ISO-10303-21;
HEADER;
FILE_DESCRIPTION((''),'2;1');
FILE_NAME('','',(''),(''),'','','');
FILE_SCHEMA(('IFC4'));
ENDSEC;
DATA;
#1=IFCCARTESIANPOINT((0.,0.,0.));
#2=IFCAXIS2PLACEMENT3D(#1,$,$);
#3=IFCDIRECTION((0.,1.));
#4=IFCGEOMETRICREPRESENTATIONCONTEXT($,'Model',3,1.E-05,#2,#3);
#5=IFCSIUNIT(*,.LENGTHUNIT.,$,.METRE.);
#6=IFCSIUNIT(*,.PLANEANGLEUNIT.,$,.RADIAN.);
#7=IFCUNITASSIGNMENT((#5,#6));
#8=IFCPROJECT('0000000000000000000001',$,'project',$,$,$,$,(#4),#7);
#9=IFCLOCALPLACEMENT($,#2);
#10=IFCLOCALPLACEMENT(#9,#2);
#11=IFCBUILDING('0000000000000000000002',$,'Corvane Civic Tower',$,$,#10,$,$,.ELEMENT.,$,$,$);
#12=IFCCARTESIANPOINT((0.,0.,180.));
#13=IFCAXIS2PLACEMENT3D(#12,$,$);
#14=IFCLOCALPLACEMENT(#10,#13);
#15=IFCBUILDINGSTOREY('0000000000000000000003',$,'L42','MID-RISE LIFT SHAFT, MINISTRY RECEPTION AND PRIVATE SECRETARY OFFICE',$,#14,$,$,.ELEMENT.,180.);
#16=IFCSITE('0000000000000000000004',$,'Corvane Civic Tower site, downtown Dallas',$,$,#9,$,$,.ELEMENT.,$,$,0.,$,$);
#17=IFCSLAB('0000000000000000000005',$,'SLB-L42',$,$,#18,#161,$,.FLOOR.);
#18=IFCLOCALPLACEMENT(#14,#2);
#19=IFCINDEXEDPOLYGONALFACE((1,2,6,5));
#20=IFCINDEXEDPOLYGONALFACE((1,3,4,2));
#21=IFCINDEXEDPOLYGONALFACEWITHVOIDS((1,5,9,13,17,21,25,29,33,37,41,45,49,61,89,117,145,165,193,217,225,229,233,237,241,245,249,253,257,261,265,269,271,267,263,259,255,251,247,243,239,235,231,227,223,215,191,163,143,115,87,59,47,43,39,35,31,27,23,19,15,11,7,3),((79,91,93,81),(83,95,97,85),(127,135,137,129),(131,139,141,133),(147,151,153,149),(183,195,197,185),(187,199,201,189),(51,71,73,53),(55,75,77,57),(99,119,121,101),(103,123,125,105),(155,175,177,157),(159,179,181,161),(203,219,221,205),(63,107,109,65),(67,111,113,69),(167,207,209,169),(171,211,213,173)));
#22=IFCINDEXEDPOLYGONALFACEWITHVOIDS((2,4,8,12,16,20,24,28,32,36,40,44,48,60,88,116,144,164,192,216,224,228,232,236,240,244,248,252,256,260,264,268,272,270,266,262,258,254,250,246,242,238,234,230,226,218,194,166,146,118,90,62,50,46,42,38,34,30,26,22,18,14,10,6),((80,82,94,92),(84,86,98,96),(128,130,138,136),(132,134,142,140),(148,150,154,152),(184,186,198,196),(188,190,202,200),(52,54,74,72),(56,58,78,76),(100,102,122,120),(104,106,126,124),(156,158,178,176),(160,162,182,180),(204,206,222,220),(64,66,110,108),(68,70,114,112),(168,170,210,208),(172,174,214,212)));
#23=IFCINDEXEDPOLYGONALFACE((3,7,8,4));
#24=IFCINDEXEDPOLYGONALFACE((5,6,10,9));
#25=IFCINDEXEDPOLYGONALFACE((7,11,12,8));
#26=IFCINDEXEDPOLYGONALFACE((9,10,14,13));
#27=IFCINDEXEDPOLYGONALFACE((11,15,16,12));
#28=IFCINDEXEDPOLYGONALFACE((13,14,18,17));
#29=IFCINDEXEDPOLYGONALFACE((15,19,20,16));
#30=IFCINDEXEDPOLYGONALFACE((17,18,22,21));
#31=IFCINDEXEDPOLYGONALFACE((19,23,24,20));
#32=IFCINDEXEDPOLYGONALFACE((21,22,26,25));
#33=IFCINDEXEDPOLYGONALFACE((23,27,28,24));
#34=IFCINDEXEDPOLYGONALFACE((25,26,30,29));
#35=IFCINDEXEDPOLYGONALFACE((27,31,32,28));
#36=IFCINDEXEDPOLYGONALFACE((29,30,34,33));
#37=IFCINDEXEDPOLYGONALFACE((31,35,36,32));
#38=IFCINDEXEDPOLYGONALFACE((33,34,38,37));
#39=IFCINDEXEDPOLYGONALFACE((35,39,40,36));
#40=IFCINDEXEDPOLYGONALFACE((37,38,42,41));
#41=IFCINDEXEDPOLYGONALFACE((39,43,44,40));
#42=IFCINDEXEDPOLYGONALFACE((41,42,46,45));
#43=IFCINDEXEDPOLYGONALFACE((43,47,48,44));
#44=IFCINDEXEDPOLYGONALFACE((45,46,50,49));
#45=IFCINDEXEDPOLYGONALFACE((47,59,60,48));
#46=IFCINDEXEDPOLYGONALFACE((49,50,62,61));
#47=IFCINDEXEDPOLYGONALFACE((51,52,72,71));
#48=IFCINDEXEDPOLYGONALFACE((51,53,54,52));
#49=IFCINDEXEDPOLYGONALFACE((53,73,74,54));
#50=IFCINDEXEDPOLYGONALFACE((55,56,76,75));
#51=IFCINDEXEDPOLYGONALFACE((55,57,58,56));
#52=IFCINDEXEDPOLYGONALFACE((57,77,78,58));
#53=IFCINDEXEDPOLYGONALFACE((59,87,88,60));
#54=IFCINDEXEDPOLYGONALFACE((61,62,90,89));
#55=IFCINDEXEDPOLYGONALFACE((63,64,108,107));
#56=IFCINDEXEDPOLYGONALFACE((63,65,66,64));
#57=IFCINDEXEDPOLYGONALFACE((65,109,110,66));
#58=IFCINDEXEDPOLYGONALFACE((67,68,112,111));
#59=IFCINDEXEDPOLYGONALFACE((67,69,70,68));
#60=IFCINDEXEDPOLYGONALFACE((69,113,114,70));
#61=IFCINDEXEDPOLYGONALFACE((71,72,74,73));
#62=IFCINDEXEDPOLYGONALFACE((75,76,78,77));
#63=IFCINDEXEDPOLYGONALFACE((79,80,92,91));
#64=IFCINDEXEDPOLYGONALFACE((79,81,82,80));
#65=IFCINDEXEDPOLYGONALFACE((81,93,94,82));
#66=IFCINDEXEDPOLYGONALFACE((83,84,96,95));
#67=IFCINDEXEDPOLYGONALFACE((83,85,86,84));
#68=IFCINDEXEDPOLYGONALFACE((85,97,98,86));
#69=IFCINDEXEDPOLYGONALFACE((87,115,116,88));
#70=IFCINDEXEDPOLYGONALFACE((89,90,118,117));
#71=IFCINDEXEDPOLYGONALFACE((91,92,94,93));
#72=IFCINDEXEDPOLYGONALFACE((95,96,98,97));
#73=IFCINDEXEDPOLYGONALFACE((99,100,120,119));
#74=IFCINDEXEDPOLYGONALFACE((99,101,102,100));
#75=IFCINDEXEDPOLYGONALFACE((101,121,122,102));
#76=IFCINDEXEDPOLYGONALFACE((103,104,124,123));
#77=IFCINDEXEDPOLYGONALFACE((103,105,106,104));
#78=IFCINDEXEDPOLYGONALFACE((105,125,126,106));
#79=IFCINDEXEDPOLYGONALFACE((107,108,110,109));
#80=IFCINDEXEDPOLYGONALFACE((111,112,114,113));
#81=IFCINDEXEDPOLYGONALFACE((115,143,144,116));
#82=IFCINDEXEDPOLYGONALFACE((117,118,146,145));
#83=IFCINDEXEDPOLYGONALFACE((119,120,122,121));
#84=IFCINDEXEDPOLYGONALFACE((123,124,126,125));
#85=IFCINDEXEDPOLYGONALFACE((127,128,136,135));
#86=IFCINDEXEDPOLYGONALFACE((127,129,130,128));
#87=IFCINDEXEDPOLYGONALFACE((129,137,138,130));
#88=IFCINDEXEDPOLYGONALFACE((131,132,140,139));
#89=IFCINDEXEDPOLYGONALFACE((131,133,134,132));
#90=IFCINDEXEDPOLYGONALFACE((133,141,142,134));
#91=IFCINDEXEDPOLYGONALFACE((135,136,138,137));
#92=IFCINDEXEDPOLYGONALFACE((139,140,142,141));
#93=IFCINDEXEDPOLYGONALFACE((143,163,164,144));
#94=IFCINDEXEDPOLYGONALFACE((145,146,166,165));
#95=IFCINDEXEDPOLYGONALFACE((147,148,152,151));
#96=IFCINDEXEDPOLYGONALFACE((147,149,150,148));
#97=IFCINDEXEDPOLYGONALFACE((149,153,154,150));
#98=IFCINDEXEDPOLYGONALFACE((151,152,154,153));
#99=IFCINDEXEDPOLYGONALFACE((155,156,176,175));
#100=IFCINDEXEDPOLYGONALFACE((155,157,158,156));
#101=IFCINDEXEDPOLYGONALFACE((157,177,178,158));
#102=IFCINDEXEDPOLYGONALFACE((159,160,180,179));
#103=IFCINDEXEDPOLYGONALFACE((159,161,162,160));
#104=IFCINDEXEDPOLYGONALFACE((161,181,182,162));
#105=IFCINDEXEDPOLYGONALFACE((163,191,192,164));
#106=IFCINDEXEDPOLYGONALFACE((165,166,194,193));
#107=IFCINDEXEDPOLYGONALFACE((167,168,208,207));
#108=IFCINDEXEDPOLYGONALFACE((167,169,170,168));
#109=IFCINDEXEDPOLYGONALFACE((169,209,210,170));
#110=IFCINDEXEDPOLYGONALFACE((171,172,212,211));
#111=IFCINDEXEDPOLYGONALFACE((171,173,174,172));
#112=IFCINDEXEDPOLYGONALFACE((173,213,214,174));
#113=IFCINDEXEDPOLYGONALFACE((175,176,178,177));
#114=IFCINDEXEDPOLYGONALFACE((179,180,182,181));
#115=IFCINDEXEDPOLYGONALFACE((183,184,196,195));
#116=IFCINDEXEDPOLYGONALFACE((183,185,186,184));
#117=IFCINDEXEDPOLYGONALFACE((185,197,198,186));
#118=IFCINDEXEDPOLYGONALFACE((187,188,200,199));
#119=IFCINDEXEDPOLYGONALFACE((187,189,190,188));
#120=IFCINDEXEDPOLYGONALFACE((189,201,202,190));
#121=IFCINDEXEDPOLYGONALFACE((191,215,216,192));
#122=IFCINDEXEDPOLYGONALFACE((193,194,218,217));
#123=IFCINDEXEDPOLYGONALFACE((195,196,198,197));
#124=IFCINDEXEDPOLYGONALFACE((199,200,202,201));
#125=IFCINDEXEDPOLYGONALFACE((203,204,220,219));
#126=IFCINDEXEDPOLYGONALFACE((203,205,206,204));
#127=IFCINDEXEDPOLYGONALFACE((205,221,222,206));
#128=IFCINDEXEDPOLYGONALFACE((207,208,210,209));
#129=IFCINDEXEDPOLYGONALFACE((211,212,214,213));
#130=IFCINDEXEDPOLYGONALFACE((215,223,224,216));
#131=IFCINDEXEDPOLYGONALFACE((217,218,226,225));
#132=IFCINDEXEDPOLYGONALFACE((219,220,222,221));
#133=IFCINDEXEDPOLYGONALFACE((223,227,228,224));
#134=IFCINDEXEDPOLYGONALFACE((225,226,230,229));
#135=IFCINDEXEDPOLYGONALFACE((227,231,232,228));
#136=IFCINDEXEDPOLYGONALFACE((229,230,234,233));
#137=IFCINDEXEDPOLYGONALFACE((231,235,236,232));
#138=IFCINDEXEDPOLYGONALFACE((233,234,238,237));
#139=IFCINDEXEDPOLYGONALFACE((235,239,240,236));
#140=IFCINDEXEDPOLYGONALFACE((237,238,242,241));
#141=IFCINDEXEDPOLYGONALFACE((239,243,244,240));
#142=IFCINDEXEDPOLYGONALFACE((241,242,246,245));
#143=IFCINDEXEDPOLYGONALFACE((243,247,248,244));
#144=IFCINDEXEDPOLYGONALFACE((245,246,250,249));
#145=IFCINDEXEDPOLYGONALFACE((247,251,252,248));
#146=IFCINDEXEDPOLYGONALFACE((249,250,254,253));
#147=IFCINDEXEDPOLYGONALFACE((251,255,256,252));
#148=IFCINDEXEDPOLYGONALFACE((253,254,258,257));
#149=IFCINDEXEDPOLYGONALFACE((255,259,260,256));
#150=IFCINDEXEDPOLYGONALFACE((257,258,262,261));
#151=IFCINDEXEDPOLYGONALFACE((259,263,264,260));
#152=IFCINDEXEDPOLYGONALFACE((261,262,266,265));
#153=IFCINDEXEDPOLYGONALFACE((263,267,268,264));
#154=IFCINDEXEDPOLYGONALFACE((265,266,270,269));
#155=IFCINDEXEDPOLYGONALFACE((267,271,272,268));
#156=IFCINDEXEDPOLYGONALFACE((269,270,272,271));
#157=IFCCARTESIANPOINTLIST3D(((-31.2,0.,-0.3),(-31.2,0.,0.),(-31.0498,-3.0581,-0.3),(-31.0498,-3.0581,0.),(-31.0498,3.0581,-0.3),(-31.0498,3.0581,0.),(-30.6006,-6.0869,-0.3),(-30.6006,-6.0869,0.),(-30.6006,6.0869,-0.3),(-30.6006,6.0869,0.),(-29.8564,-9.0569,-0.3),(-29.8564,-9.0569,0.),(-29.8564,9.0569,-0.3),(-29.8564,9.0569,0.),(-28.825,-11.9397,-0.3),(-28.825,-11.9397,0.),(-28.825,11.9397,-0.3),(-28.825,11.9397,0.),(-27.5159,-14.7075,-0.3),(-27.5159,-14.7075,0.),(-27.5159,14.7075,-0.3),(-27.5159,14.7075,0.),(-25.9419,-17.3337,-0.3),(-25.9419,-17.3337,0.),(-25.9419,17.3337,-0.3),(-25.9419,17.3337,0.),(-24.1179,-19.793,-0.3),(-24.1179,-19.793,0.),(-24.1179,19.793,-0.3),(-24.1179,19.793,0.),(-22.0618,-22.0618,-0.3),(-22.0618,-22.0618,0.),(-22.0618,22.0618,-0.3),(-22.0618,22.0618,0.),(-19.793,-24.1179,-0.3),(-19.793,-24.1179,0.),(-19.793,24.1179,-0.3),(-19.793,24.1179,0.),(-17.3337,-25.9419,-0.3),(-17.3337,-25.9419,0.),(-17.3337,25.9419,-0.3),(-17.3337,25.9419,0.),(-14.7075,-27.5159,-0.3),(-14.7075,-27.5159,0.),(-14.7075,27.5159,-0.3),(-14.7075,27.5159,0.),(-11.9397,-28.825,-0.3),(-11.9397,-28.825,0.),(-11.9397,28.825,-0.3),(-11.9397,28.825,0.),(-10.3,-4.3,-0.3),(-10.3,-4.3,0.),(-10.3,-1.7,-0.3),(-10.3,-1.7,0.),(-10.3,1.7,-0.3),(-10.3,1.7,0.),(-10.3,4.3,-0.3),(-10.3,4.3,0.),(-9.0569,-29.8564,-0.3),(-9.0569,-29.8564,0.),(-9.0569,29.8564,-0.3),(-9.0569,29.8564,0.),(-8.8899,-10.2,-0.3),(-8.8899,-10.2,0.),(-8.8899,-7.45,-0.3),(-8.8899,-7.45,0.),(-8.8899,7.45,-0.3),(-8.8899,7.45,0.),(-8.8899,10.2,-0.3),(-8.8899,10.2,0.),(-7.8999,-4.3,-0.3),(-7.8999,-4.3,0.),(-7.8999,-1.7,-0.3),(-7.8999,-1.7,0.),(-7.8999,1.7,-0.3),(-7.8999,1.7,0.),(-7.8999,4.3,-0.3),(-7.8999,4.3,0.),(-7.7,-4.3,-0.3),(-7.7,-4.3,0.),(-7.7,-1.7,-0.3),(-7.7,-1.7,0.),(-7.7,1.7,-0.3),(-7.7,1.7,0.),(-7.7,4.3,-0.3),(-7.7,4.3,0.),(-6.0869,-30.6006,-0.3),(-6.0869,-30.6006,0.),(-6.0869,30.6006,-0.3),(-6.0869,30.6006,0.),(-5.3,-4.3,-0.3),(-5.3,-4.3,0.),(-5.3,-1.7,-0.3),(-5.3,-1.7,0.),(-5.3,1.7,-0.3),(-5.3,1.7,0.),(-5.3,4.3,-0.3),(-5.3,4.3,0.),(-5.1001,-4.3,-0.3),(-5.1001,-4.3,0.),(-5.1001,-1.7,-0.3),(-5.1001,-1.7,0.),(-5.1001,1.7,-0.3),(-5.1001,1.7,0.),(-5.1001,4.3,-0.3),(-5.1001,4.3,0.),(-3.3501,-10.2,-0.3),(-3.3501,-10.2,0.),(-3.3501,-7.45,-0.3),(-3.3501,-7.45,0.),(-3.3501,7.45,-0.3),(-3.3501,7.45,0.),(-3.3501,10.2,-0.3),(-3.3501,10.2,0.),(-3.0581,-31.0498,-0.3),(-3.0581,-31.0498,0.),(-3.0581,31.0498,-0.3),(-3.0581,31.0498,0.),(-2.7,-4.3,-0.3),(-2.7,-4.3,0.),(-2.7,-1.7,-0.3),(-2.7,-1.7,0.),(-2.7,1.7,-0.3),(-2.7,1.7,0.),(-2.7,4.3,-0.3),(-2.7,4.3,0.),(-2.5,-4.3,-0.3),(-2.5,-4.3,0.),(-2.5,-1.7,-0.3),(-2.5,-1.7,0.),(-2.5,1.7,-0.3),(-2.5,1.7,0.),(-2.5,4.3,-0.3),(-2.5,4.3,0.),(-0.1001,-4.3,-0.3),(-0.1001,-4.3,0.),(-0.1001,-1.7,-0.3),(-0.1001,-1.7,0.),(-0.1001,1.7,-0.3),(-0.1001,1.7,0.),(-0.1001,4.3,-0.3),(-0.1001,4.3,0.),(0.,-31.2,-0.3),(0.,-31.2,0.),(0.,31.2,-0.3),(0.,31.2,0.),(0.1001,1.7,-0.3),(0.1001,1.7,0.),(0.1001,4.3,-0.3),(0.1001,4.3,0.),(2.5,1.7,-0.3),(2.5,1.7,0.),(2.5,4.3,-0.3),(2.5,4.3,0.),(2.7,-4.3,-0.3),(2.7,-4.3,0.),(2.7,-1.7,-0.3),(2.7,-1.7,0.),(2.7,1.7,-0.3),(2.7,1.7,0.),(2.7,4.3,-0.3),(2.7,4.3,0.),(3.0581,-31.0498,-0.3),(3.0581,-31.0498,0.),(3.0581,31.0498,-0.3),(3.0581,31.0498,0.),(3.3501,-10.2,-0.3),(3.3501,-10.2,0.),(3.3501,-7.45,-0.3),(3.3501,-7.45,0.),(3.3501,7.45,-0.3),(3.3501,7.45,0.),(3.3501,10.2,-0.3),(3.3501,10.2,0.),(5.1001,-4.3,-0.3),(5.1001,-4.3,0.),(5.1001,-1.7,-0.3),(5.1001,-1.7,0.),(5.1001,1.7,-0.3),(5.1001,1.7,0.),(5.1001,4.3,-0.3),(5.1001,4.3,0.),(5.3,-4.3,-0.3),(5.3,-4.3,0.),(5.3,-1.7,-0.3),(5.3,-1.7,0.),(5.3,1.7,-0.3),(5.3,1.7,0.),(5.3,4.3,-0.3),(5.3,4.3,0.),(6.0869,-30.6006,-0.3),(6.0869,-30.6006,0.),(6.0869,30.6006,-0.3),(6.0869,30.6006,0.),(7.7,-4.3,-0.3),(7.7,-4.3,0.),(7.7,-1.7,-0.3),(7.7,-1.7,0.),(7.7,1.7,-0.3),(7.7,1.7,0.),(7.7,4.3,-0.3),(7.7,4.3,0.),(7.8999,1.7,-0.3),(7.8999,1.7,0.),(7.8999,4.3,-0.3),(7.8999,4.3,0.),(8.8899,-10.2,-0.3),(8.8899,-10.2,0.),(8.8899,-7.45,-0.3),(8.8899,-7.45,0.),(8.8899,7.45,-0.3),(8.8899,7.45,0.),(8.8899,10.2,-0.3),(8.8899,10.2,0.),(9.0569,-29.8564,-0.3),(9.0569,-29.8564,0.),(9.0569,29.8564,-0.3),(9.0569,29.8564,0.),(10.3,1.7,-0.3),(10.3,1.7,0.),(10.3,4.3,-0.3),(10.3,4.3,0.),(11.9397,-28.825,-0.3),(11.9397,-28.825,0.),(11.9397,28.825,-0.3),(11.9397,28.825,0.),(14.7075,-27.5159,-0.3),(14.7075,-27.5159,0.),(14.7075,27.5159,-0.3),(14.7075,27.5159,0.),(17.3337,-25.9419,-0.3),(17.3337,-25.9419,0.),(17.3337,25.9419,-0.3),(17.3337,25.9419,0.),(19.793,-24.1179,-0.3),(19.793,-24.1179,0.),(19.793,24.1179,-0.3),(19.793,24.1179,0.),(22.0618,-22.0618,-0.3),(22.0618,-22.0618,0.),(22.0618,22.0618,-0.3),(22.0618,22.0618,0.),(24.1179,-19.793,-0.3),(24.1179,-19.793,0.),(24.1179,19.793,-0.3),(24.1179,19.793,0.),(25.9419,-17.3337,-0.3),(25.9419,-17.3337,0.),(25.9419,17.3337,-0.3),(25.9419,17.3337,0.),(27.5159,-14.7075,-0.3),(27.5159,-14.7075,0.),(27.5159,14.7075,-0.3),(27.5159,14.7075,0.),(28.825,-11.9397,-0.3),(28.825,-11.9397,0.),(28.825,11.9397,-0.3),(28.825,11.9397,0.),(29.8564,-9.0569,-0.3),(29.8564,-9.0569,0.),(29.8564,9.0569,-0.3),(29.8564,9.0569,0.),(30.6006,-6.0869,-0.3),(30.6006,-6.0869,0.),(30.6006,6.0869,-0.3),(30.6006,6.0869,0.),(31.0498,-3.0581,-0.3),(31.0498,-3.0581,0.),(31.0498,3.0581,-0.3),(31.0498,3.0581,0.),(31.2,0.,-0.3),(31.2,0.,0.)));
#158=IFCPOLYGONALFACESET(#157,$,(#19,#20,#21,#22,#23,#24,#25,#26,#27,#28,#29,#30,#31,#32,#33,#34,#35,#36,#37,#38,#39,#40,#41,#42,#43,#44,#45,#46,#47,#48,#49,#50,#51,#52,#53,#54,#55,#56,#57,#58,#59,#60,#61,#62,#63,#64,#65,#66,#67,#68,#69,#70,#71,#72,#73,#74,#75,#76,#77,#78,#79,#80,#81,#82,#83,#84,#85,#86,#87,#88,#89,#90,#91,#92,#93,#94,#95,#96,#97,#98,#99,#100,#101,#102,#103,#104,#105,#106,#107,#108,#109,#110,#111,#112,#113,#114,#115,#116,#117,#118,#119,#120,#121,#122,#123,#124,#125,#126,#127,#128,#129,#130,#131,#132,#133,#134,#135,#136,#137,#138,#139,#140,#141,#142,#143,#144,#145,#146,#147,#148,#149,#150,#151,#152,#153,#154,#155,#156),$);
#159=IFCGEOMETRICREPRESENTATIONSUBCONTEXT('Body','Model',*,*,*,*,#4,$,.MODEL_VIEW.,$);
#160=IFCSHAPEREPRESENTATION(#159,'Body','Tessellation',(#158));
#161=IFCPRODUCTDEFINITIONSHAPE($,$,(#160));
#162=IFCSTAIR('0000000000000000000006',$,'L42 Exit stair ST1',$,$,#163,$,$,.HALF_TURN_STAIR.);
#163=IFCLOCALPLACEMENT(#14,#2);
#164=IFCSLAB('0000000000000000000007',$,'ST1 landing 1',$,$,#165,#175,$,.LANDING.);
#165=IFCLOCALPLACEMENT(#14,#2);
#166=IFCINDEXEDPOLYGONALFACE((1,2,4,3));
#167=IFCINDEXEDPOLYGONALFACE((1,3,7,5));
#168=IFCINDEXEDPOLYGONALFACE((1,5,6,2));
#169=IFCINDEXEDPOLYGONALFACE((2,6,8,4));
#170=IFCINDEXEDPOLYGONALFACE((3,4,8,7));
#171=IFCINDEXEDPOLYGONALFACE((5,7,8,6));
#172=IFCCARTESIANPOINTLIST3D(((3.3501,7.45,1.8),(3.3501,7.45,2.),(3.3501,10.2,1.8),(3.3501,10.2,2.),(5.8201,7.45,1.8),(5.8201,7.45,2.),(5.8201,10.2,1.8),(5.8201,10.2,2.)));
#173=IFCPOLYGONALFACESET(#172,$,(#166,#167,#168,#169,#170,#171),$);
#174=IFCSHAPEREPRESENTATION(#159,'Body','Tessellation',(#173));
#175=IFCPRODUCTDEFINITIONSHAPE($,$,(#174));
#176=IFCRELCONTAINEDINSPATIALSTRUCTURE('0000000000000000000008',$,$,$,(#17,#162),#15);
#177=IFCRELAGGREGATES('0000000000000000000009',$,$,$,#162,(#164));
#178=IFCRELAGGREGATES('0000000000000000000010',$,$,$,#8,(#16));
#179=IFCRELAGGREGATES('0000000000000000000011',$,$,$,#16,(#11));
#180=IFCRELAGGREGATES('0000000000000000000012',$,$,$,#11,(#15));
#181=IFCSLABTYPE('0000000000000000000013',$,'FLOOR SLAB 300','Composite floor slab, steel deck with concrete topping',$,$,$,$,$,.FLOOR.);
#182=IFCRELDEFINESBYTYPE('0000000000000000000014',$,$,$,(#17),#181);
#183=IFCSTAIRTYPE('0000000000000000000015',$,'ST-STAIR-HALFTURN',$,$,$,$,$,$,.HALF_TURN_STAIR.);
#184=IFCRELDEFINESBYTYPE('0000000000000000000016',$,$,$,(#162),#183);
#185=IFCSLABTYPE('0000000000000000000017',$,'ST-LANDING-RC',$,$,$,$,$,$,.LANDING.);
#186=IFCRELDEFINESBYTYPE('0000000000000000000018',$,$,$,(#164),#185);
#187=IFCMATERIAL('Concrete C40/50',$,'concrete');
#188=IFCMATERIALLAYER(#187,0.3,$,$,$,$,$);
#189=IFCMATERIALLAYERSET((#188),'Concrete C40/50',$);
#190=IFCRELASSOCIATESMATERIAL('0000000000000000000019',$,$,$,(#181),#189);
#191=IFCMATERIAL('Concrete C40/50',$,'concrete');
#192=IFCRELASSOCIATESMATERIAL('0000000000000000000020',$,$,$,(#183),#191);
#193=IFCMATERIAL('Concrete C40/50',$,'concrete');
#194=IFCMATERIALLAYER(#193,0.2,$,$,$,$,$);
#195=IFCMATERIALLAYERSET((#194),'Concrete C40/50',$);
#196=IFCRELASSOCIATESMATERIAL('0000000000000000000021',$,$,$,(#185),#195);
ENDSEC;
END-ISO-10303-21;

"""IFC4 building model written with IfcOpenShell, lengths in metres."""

from ifc_helpers import new_model, si_unit, direction, frame, origin, place, context, subcontext, project, spatial, polyline, outline, extrude, material, layer, layer_set, type_object, element, aggregate, save


model = new_model("IFC4")

# Units and contexts
model_context = context("Model", 3, precision=1e-05, world=origin(), true_north=direction((0.0, 1.0)))
body_context = subcontext(model_context, "Body", "Model", "MODEL_VIEW")
ifc_project = project(units=[si_unit("LENGTHUNIT", "METRE"), si_unit("PLANEANGLEUNIT", "RADIAN")], contexts=[model_context])

# Site, building, storey
site_placement = place(None, origin())
site = spatial("IfcSite", under=ifc_project, at=site_placement, Name="Corvane Civic Tower site, downtown Dallas", CompositionType="ELEMENT", RefElevation=0.0)
building_placement = place(site_placement, origin())
building = spatial("IfcBuilding", under=site, at=building_placement, Name="Corvane Civic Tower", CompositionType="ELEMENT")
storey_placement = place(building_placement, frame((0.0, 0.0, 180.0)))
storey = spatial("IfcBuildingStorey", under=building, at=storey_placement, Name="L42", Description="MID-RISE LIFT SHAFT, MINISTRY RECEPTION AND PRIVATE SECRETARY OFFICE", CompositionType="ELEMENT", Elevation=180.0)

# Slab
ifc_material_1 = material(Name="Concrete C40/50", Category="concrete")
ifc_layer_1 = layer(ifc_material_1, 0.3)
ifc_layer_set_1 = layer_set([ifc_layer_1], Name="Concrete C40/50")
slab_type_1 = type_object("IfcSlabType", Name="FLOOR SLAB 300", Description="Composite floor slab, steel deck with concrete topping", PredefinedType="FLOOR", material=ifc_layer_set_1)
slab_1_placement = place(storey_placement, frame((0.0, 0.0, -0.3)))
element("IfcSlab", 1, at=slab_1_placement, inside=storey, type_object=slab_type_1, Name="SLB-L42", PredefinedType="FLOOR", context=body_context, shape_type="SweptSolid", body=[
    extrude(outline(polyline([(0.0, 31.2), (-3.0581, 31.0498), (-6.0869, 30.6006), (-9.0569, 29.8564), (-11.9397, 28.825), (-14.7075, 27.5159), (-17.3337, 25.9419), (-19.793, 24.1179), (-22.0618, 22.0618), (-24.1179, 19.793), (-25.9419, 17.3337), (-27.5159, 14.7075), (-28.825, 11.9397), (-29.8564, 9.0569), (-30.6006, 6.0869), (-31.0498, 3.0581), (-31.2, 0.0), (-31.0498, -3.0581), (-30.6006, -6.0869), (-29.8564, -9.0569), (-28.825, -11.9397), (-27.5159, -14.7075), (-25.9419, -17.3337), (-24.1179, -19.793), (-22.0618, -22.0618), (-19.793, -24.1179), (-17.3337, -25.9419), (-14.7075, -27.5159), (-11.9397, -28.825), (-9.0569, -29.8564), (-6.0869, -30.6006), (-3.0581, -31.0498), (0.0, -31.2), (3.0581, -31.0498), (6.0869, -30.6006), (9.0569, -29.8564), (11.9397, -28.825), (14.7075, -27.5159), (17.3337, -25.9419), (19.793, -24.1179), (22.0618, -22.0618), (24.1179, -19.793), (25.9419, -17.3337), (27.5159, -14.7075), (28.825, -11.9397), (29.8564, -9.0569), (30.6006, -6.0869), (31.0498, -3.0581), (31.2, 0.0), (31.0498, 3.0581), (30.6006, 6.0869), (29.8564, 9.0569), (28.825, 11.9397), (27.5159, 14.7075), (25.9419, 17.3337), (24.1179, 19.793), (22.0618, 22.0618), (19.793, 24.1179), (17.3337, 25.9419), (14.7075, 27.5159), (11.9397, 28.825), (9.0569, 29.8564), (6.0869, 30.6006), (3.0581, 31.0498), (0.0, 31.2)]), holes=[polyline([(-10.3, 4.3), (-7.8999, 4.3), (-7.8999, 1.7), (-10.3, 1.7), (-10.3, 4.3)]), polyline([(-7.7, 4.3), (-5.3, 4.3), (-5.3, 1.7), (-7.7, 1.7), (-7.7, 4.3)]), polyline([(-5.1001, 4.3), (-2.7, 4.3), (-2.7, 1.7), (-5.1001, 1.7), (-5.1001, 4.3)]), polyline([(-0.1001, 1.7), (-2.5, 1.7), (-2.5, 4.3), (-0.1001, 4.3), (-0.1001, 1.7)]), polyline([(2.5, 1.7), (0.1001, 1.7), (0.1001, 4.3), (2.5, 4.3), (2.5, 1.7)]), polyline([(2.7, 4.3), (5.1001, 4.3), (5.1001, 1.7), (2.7, 1.7), (2.7, 4.3)]), polyline([(5.3, 4.3), (7.7, 4.3), (7.7, 1.7), (5.3, 1.7), (5.3, 4.3)]), polyline([(7.8999, 4.3), (10.3, 4.3), (10.3, 1.7), (7.8999, 1.7), (7.8999, 4.3)]), polyline([(-7.8999, -1.7), (-7.8999, -4.3), (-10.3, -4.3), (-10.3, -1.7), (-7.8999, -1.7)]), polyline([(-7.7, -4.3), (-7.7, -1.7), (-5.3, -1.7), (-5.3, -4.3), (-7.7, -4.3)]), polyline([(-5.1001, -4.3), (-5.1001, -1.7), (-2.7, -1.7), (-2.7, -4.3), (-5.1001, -4.3)]), polyline([(-0.1001, -1.7), (-0.1001, -4.3), (-2.5, -4.3), (-2.5, -1.7), (-0.1001, -1.7)]), polyline([(5.1001, -1.7), (5.1001, -4.3), (2.7, -4.3), (2.7, -1.7), (5.1001, -1.7)]), polyline([(7.7, -1.7), (7.7, -4.3), (5.3, -4.3), (5.3, -1.7), (7.7, -1.7)]), polyline([(8.8899, 10.2), (8.8899, 7.45), (3.3501, 7.45), (3.3501, 10.2), (8.8899, 10.2)]), polyline([(-8.8899, 7.45), (-8.8899, 10.2), (-3.3501, 10.2), (-3.3501, 7.45), (-8.8899, 7.45)]), polyline([(8.8899, -7.45), (8.8899, -10.2), (3.3501, -10.2), (3.3501, -7.45), (8.8899, -7.45)]), polyline([(-8.8899, -10.2), (-8.8899, -7.45), (-3.3501, -7.45), (-3.3501, -10.2), (-8.8899, -10.2)])]), origin(), (0.0, 0.0, 1.0), 0.3),
])

# Stair, slab
ifc_material_2 = material(Name="Concrete C40/50", Category="concrete")
stair_type = type_object("IfcStairType", Name="ST-STAIR-HALFTURN", PredefinedType="HALF_TURN_STAIR", material=ifc_material_2)
stair_1_placement = place(storey_placement, origin())
stair_1 = element("IfcStair", 2, at=stair_1_placement, inside=storey, type_object=stair_type, Name="L42 Exit stair ST1", PredefinedType="HALF_TURN_STAIR")
ifc_material_3 = material(Name="Concrete C40/50", Category="concrete")
ifc_layer_2 = layer(ifc_material_3, 0.2)
ifc_layer_set_2 = layer_set([ifc_layer_2], Name="Concrete C40/50")
slab_type_2 = type_object("IfcSlabType", Name="ST-LANDING-RC", PredefinedType="LANDING", material=ifc_layer_set_2)
slab_2_placement = place(storey_placement, frame((0.0, 0.0, 1.8)))
slab_2 = element("IfcSlab", 3, at=slab_2_placement, type_object=slab_type_2, Name="ST1 landing 1", PredefinedType="LANDING", context=body_context, shape_type="SweptSolid", body=[
    extrude(outline(polyline([(5.8201, 10.2), (3.3501, 10.2), (3.3501, 7.45), (5.8201, 7.45), (5.8201, 10.2)])), origin(), (0.0, 0.0, 1.0), 0.2),
])
aggregate(stair_1, [slab_2])

save(model, "model.ifc")
